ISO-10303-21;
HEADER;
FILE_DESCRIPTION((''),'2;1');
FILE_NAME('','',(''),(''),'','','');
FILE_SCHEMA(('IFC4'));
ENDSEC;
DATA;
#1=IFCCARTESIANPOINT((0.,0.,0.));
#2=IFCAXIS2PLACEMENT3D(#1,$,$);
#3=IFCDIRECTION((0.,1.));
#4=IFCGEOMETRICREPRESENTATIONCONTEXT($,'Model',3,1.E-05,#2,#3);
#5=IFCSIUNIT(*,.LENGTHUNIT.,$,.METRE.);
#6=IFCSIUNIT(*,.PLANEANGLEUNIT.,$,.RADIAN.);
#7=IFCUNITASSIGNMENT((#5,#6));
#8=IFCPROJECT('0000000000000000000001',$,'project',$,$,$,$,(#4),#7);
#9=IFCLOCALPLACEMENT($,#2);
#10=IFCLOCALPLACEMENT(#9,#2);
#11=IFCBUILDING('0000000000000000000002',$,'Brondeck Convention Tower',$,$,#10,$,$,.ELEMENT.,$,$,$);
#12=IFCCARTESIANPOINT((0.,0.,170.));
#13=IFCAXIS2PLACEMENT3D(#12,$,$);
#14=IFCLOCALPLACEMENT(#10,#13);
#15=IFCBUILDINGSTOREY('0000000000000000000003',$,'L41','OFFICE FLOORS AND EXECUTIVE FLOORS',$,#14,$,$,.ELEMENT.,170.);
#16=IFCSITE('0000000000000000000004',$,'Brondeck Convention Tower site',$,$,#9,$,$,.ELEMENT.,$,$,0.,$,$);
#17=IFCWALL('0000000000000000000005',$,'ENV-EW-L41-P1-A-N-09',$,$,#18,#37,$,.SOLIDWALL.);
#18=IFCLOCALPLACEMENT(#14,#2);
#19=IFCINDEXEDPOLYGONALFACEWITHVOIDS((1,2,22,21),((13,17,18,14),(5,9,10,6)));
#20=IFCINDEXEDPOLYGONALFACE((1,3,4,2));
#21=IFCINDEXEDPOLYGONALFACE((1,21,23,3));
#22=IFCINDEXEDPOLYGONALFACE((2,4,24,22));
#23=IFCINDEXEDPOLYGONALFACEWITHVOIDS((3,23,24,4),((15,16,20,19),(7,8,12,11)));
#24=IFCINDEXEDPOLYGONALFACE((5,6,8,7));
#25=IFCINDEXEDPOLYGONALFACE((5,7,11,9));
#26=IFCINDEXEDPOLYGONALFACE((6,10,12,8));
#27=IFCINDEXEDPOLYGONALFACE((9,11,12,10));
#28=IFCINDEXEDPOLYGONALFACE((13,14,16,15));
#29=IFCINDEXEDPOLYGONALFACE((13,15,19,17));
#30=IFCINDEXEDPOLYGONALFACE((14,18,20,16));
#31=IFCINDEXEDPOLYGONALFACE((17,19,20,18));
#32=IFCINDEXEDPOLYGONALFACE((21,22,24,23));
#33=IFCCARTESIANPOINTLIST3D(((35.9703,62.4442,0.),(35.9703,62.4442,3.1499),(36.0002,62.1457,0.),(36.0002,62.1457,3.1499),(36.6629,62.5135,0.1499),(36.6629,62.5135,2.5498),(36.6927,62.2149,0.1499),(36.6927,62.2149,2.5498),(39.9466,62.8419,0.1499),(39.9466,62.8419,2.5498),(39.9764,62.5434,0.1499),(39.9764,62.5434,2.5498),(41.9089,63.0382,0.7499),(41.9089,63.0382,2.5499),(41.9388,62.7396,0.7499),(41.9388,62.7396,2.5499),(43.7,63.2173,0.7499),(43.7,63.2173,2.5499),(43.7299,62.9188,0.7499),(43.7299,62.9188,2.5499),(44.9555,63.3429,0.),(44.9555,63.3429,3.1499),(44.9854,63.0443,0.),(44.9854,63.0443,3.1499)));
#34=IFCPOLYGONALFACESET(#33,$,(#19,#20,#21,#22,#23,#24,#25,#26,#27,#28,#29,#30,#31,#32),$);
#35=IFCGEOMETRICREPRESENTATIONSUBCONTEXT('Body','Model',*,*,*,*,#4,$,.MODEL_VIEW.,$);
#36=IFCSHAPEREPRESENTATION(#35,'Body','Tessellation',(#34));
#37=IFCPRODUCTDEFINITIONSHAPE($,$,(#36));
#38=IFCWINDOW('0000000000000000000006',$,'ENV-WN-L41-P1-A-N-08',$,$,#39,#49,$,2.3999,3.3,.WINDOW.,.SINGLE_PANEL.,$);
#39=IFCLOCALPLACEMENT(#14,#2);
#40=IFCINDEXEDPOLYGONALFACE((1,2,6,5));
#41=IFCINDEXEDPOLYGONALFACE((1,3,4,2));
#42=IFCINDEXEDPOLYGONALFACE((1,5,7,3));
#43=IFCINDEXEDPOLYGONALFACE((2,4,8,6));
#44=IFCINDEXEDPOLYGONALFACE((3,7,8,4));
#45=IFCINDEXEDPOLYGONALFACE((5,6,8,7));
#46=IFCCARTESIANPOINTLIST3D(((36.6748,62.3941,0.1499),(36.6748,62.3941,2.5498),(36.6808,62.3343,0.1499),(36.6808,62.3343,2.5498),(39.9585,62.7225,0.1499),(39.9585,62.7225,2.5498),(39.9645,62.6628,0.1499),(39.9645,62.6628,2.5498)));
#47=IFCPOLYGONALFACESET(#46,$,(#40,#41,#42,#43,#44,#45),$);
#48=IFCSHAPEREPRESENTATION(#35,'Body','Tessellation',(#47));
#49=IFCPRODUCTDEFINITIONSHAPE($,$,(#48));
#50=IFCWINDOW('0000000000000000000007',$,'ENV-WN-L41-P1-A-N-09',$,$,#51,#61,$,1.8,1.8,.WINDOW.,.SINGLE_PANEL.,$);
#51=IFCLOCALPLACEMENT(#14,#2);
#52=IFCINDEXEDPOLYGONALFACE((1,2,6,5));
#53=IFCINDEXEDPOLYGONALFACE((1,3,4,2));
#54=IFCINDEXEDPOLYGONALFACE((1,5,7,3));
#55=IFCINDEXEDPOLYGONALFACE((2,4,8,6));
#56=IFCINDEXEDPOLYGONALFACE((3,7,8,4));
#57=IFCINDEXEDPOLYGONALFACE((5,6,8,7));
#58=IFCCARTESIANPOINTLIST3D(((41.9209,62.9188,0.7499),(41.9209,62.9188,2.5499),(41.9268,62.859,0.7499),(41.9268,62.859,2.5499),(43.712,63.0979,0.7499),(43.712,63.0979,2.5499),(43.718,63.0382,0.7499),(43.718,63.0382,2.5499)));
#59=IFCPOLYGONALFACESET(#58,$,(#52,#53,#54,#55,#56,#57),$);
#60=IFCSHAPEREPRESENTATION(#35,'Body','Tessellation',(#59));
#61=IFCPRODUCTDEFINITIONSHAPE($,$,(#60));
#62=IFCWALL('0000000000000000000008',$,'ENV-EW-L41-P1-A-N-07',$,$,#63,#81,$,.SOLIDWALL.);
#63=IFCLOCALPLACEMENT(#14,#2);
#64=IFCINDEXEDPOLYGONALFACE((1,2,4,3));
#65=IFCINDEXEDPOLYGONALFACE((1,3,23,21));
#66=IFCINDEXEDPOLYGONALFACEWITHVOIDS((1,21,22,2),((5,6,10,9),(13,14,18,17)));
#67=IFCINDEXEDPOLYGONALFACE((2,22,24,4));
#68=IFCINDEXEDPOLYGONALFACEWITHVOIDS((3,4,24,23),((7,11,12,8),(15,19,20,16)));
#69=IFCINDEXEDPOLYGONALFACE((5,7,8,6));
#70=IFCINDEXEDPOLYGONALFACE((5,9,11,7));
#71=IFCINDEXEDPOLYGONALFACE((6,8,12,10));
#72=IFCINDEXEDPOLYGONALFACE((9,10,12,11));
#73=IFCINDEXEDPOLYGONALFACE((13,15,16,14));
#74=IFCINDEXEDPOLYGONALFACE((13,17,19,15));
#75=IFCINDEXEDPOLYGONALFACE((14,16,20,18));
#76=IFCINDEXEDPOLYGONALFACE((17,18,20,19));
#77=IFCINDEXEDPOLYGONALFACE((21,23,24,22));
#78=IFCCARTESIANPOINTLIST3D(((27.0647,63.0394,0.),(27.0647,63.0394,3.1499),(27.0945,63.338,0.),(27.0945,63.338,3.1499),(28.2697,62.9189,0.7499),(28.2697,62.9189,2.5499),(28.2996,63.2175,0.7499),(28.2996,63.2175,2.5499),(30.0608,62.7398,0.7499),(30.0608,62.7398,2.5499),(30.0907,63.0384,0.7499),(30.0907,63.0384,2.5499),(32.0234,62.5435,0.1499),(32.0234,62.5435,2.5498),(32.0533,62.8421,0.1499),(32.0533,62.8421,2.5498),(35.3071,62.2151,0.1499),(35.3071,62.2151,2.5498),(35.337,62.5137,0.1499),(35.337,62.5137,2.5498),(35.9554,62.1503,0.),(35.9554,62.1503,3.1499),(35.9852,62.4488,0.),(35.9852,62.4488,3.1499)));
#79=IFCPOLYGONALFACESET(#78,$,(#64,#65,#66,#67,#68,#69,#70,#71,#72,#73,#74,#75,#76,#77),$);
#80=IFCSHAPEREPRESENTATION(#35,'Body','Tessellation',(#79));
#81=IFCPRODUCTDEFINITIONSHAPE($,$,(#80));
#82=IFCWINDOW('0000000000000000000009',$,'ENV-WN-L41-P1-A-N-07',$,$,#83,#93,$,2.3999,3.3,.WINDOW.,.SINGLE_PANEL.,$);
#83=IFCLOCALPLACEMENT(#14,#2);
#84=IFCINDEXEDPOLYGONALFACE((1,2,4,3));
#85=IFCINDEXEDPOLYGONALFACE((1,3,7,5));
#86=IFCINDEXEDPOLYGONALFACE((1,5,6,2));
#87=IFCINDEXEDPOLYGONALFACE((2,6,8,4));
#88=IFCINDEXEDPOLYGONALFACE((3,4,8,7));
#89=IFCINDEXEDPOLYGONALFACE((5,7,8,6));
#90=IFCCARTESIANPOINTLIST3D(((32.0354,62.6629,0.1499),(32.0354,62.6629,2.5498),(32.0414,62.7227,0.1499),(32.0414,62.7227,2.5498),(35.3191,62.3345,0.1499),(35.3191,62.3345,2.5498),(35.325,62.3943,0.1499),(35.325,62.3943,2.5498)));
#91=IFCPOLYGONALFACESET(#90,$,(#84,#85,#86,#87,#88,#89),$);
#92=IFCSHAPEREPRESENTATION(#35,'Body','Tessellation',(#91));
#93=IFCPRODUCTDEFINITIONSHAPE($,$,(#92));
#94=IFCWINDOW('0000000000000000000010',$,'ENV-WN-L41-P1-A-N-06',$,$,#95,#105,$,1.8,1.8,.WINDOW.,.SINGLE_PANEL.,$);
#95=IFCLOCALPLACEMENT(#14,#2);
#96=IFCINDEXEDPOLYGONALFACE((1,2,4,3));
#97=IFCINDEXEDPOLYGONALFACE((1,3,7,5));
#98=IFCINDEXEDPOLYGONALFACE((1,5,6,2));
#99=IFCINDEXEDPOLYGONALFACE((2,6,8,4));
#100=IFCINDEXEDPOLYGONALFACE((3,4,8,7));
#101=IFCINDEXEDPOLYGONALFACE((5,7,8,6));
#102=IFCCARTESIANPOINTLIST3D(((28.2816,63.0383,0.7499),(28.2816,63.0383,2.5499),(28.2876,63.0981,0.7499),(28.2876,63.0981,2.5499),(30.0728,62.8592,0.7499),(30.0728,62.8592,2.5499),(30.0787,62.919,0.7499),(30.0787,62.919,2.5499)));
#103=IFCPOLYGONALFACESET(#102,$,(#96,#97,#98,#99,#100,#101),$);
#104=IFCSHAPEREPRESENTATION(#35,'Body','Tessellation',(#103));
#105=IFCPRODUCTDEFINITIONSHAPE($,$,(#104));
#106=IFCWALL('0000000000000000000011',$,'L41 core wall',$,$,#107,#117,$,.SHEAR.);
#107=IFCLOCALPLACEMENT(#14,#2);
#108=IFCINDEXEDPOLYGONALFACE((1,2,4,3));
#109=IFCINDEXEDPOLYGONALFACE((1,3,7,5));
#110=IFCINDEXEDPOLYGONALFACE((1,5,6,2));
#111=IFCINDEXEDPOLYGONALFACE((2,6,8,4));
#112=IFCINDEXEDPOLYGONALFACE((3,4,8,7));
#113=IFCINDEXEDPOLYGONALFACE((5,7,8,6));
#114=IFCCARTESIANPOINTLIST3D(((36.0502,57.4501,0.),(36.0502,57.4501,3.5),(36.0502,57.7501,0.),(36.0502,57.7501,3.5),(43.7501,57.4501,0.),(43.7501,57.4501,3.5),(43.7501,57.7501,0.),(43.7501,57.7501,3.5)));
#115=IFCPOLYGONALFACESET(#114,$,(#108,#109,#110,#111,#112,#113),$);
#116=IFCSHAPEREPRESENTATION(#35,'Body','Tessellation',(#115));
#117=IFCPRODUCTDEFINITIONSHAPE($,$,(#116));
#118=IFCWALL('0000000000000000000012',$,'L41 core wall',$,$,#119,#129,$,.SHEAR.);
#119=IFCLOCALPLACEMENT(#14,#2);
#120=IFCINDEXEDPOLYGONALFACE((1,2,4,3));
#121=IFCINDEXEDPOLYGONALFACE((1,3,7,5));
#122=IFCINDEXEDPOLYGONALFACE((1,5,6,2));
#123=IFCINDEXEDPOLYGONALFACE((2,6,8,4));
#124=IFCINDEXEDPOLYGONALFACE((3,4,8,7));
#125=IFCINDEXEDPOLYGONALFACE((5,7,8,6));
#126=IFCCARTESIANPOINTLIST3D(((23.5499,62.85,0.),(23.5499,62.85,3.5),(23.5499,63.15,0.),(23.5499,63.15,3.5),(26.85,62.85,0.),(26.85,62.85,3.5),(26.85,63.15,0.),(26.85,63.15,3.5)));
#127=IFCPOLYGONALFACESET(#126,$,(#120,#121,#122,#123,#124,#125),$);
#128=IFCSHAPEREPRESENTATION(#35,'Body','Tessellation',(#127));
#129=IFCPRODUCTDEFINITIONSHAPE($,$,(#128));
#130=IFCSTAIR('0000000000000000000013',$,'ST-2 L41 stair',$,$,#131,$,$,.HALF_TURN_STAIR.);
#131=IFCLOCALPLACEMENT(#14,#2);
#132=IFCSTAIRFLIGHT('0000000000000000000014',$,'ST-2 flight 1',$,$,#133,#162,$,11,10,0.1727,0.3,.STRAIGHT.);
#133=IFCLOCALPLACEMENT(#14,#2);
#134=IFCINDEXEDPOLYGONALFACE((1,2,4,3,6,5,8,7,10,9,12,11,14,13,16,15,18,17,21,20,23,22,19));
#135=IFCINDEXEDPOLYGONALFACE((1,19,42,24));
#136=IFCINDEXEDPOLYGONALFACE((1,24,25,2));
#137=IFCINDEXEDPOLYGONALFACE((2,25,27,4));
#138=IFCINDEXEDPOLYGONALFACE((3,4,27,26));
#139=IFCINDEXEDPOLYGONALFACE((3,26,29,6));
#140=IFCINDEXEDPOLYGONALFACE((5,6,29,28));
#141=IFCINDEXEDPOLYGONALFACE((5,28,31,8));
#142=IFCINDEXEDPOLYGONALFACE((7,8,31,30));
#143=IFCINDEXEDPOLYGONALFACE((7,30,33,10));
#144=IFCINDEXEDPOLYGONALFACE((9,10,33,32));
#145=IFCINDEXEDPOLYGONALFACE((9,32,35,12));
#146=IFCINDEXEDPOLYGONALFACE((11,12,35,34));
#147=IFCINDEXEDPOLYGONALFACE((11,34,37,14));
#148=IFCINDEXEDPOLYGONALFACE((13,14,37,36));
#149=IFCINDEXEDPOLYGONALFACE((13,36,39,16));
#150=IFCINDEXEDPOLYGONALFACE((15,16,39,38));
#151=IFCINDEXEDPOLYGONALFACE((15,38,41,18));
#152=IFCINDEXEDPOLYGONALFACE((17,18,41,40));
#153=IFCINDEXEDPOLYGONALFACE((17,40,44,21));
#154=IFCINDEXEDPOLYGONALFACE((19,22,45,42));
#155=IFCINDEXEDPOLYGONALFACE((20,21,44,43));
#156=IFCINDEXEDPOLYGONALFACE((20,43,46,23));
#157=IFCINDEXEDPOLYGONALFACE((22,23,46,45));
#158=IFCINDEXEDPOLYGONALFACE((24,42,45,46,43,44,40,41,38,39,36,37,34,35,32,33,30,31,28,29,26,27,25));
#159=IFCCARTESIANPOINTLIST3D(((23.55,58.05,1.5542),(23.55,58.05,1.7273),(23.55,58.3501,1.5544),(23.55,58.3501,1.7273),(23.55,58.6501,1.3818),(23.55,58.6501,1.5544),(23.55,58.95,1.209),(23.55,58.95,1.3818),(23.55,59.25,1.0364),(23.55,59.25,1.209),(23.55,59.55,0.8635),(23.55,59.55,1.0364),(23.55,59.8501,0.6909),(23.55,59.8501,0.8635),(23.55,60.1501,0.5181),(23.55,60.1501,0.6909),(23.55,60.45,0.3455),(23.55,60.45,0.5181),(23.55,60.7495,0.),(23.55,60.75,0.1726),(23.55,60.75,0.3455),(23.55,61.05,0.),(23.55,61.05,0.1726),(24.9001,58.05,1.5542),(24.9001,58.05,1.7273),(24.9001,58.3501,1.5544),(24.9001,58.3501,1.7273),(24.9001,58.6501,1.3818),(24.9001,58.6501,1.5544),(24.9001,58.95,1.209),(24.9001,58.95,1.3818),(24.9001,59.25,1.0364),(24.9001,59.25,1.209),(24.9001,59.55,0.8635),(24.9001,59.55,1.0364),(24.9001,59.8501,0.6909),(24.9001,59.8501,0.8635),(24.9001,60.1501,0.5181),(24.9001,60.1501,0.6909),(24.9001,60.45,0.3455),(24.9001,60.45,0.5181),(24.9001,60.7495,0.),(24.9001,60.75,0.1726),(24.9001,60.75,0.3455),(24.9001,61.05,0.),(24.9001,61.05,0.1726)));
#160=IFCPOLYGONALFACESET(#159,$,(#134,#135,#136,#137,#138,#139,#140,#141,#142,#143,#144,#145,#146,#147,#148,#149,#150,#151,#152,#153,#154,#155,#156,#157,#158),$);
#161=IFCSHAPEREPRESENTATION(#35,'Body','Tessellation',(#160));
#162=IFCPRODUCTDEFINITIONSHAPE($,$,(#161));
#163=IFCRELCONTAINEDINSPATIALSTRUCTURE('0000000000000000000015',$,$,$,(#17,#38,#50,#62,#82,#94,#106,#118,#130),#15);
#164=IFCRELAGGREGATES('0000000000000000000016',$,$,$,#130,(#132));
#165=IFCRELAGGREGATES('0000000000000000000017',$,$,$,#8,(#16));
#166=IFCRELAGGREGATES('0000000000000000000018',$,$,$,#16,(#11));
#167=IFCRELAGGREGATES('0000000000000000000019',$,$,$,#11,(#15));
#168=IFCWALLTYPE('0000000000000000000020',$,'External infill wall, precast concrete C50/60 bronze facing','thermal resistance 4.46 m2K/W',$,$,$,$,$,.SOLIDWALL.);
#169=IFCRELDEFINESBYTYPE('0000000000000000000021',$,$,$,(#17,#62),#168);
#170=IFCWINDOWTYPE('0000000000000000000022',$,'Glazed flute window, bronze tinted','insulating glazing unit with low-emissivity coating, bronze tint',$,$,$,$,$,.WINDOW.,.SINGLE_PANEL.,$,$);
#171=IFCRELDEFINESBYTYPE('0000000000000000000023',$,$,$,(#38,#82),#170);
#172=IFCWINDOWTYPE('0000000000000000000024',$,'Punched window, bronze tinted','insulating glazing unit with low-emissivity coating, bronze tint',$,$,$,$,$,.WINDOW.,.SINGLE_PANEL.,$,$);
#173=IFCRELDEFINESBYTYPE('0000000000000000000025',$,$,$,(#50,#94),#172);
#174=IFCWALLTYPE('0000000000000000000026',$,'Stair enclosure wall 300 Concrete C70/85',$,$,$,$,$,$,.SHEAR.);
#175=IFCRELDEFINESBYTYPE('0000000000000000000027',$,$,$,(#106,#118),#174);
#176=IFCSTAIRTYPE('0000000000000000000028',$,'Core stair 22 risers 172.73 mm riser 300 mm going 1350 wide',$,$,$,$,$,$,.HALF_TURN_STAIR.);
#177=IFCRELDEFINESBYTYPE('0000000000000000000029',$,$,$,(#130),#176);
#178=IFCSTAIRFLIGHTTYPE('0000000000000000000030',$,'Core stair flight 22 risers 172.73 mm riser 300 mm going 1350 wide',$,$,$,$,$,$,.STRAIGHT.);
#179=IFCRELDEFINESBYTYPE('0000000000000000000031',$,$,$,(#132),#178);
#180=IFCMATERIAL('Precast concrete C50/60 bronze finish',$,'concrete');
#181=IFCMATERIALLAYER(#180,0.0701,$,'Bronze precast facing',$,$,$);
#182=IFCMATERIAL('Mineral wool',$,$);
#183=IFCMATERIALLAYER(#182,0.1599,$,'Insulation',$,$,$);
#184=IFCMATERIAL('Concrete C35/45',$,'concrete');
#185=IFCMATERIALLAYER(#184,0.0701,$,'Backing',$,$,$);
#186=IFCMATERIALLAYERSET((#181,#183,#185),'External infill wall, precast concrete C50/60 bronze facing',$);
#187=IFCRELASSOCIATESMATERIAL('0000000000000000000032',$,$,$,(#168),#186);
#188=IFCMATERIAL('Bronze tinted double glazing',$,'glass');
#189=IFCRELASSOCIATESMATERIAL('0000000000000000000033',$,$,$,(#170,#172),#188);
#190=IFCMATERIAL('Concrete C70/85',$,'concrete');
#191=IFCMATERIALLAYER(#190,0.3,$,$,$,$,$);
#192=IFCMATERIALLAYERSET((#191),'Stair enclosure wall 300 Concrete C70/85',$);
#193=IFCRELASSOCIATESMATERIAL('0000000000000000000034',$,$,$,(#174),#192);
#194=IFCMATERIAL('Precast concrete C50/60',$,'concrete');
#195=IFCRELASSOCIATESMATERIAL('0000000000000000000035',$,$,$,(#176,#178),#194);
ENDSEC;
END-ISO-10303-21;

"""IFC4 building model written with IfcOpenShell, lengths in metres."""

from ifc_helpers import new_model, si_unit, direction, frame, frame_2d, origin, place, context, subcontext, project, spatial, polyline, rectangle, outline, extrude, material, layer, layer_set, type_object, element, fill, aggregate, save


model = new_model("IFC4")

# Units and contexts
model_context = context("Model", 3, precision=1e-05, world=origin(), true_north=direction((0.0, 1.0)))
body_context = subcontext(model_context, "Body", "Model", "MODEL_VIEW")
ifc_project = project(units=[si_unit("LENGTHUNIT", "METRE"), si_unit("PLANEANGLEUNIT", "RADIAN")], contexts=[model_context])

# Site, building, storey
site_placement = place(None, origin())
site = spatial("IfcSite", under=ifc_project, at=site_placement, Name="Brondeck Convention Tower site", CompositionType="ELEMENT", RefElevation=0.0)
building_placement = place(site_placement, origin())
building = spatial("IfcBuilding", under=site, at=building_placement, Name="Brondeck Convention Tower", CompositionType="ELEMENT")
storey_placement = place(building_placement, frame((0.0, 0.0, 170.0)))
storey = spatial("IfcBuildingStorey", under=building, at=storey_placement, Name="L41", Description="OFFICE FLOORS AND EXECUTIVE FLOORS", CompositionType="ELEMENT", Elevation=170.0)

# Shared definitions
ifc_material_1 = material(Name="Concrete C70/85", Category="concrete")

# Walls, openings, windows
ifc_material_2 = material(Name="Precast concrete C50/60 bronze finish", Category="concrete")
ifc_layer_1 = layer(ifc_material_2, 0.0701, Name="Bronze precast facing")
ifc_material_3 = material(Name="Mineral wool")
ifc_layer_2 = layer(ifc_material_3, 0.1599, Name="Insulation")
ifc_material_4 = material(Name="Concrete C35/45", Category="concrete")
ifc_layer_3 = layer(ifc_material_4, 0.0701, Name="Backing")
ifc_layer_set_1 = layer_set([ifc_layer_1, ifc_layer_2, ifc_layer_3], Name="External infill wall, precast concrete C50/60 bronze facing")
wall_type_1 = type_object("IfcWallType", Name="External infill wall, precast concrete C50/60 bronze facing", Description="thermal resistance 4.46 m2K/W", PredefinedType="SOLIDWALL", material=ifc_layer_set_1)
wall_1_placement = place(storey_placement, frame((35.9851, 62.2949, 0.0), z_axis=(0.0, 0.0, 1.0), x_axis=(0.995035, 0.099522, 0.0)))
wall_1 = element("IfcWall", 1, at=wall_1_placement, inside=storey, type_object=wall_type_1, Name="ENV-EW-L41-P1-A-N-09", PredefinedType="SOLIDWALL", context=body_context, shape_type="SweptSolid", body=[
    extrude(rectangle(XDim=9.03, YDim=0.3, at=frame_2d((4.5151, 0.0))), origin(), (0.0, 0.0, 1.0), 3.1499),
])
opening_1_placement = place(wall_1_placement, frame((0.6963, 0.0, 0.1499)))
opening_1 = element("IfcOpeningElement", 2, at=opening_1_placement, cuts=wall_1, PredefinedType="OPENING", context=body_context, shape_type="SweptSolid", body=[
    extrude(rectangle(XDim=3.3, YDim=2.3999, at=frame_2d((1.6499, 1.2))), frame((0.0, 0.1599, 0.0), z_axis=(0.0, -1.0, 0.0), x_axis=(1.0, 0.0, 0.0)), (0.0, 0.0, 1.0), 0.3201),
])
opening_2_placement = place(wall_1_placement, frame((5.9685, 0.0, 0.75)))
opening_2 = element("IfcOpeningElement", 3, at=opening_2_placement, cuts=wall_1, PredefinedType="OPENING", context=body_context, shape_type="SweptSolid", body=[
    extrude(rectangle(XDim=1.8, YDim=1.8, at=frame_2d((0.8999, 0.8999))), frame((0.0, 0.1599, 0.0), z_axis=(0.0, -1.0, 0.0), x_axis=(1.0, 0.0, 0.0)), (0.0, 0.0, 1.0), 0.3201),
])
ifc_material_5 = material(Name="Bronze tinted double glazing", Category="glass")
window_type_1 = type_object("IfcWindowType", Name="Glazed flute window, bronze tinted", Description="insulating glazing unit with low-emissivity coating, bronze tint", PartitioningType="SINGLE_PANEL", PredefinedType="WINDOW", material=ifc_material_5)
window_1_placement = place(opening_1_placement, origin())
window_1 = element("IfcWindow", 4, at=window_1_placement, inside=storey, type_object=window_type_1, Name="ENV-WN-L41-P1-A-N-08", OverallHeight=2.3999, OverallWidth=3.3, PartitioningType="SINGLE_PANEL", PredefinedType="WINDOW", context=body_context, shape_type="SweptSolid", body=[
    extrude(rectangle(XDim=3.3, YDim=2.3999, at=frame_2d((1.6499, 1.2))), frame((0.0, 0.03, 0.0), z_axis=(0.0, -1.0, 0.0), x_axis=(1.0, 0.0, 0.0)), (0.0, 0.0, 1.0), 0.0601),
])
fill(opening_1, window_1)
window_type_2 = type_object("IfcWindowType", Name="Punched window, bronze tinted", Description="insulating glazing unit with low-emissivity coating, bronze tint", PartitioningType="SINGLE_PANEL", PredefinedType="WINDOW", material=ifc_material_5)
window_2_placement = place(opening_2_placement, origin())
window_2 = element("IfcWindow", 5, at=window_2_placement, inside=storey, type_object=window_type_2, Name="ENV-WN-L41-P1-A-N-09", OverallHeight=1.8, OverallWidth=1.8, PartitioningType="SINGLE_PANEL", PredefinedType="WINDOW", context=body_context, shape_type="SweptSolid", body=[
    extrude(rectangle(XDim=1.8, YDim=1.8, at=frame_2d((0.8999, 0.8999))), frame((0.0, 0.03, 0.0), z_axis=(0.0, -1.0, 0.0), x_axis=(1.0, 0.0, 0.0)), (0.0, 0.0, 1.0), 0.0601),
])
fill(opening_2, window_2)
wall_2_placement = place(storey_placement, frame((27.0796, 63.1887, 0.0), z_axis=(0.0, 0.0, 1.0), x_axis=(0.995036, -0.099515, 0.0)))
wall_2 = element("IfcWall", 6, at=wall_2_placement, inside=storey, type_object=wall_type_1, Name="ENV-EW-L41-P1-A-N-07", PredefinedType="SOLIDWALL", context=body_context, shape_type="SweptSolid", body=[
    extrude(rectangle(XDim=8.9351, YDim=0.3, at=frame_2d((4.4675, 0.0))), origin(), (0.0, 0.0, 1.0), 3.1499),
])
opening_3_placement = place(wall_2_placement, frame((1.2112, 0.0, 0.75)))
opening_3 = element("IfcOpeningElement", 7, at=opening_3_placement, cuts=wall_2, PredefinedType="OPENING", context=body_context, shape_type="SweptSolid", body=[
    extrude(rectangle(XDim=1.8, YDim=1.8, at=frame_2d((0.8999, 0.8999))), frame((0.0, 0.1599, 0.0), z_axis=(0.0, -1.0, 0.0), x_axis=(1.0, 0.0, 0.0)), (0.0, 0.0, 1.0), 0.3201),
])
opening_4_placement = place(wall_2_placement, frame((4.9836, 0.0, 0.1499)))
opening_4 = element("IfcOpeningElement", 8, at=opening_4_placement, cuts=wall_2, PredefinedType="OPENING", context=body_context, shape_type="SweptSolid", body=[
    extrude(rectangle(XDim=3.3, YDim=2.3999, at=frame_2d((1.6499, 1.2))), frame((0.0, 0.1599, 0.0), z_axis=(0.0, -1.0, 0.0), x_axis=(1.0, 0.0, 0.0)), (0.0, 0.0, 1.0), 0.3201),
])
window_3_placement = place(opening_4_placement, origin())
window_3 = element("IfcWindow", 9, at=window_3_placement, inside=storey, type_object=window_type_1, Name="ENV-WN-L41-P1-A-N-07", OverallHeight=2.3999, OverallWidth=3.3, PartitioningType="SINGLE_PANEL", PredefinedType="WINDOW", context=body_context, shape_type="SweptSolid", body=[
    extrude(rectangle(XDim=3.3, YDim=2.3999, at=frame_2d((1.6499, 1.2))), frame((0.0, 0.03, 0.0), z_axis=(0.0, -1.0, 0.0), x_axis=(1.0, 0.0, 0.0)), (0.0, 0.0, 1.0), 0.0601),
])
fill(opening_4, window_3)
window_4_placement = place(opening_3_placement, origin())
window_4 = element("IfcWindow", 10, at=window_4_placement, inside=storey, type_object=window_type_2, Name="ENV-WN-L41-P1-A-N-06", OverallHeight=1.8, OverallWidth=1.8, PartitioningType="SINGLE_PANEL", PredefinedType="WINDOW", context=body_context, shape_type="SweptSolid", body=[
    extrude(rectangle(XDim=1.8, YDim=1.8, at=frame_2d((0.8999, 0.8999))), frame((0.0, 0.03, 0.0), z_axis=(0.0, -1.0, 0.0), x_axis=(1.0, 0.0, 0.0)), (0.0, 0.0, 1.0), 0.0601),
])
fill(opening_3, window_4)

# Walls
ifc_layer_4 = layer(ifc_material_1, 0.3)
ifc_layer_set_2 = layer_set([ifc_layer_4], Name="Stair enclosure wall 300 Concrete C70/85")
wall_type_2 = type_object("IfcWallType", Name="Stair enclosure wall 300 Concrete C70/85", PredefinedType="SHEAR", material=ifc_layer_set_2)
wall_3_placement = place(storey_placement, frame((36.05, 57.6001, 0.0), z_axis=(0.0, 0.0, 1.0), x_axis=(1.0, 0.0, 0.0)))
element("IfcWall", 11, at=wall_3_placement, inside=storey, type_object=wall_type_2, Name="L41 core wall", PredefinedType="SHEAR", context=body_context, shape_type="SweptSolid", body=[
    extrude(rectangle(XDim=7.7, YDim=0.3, at=frame_2d((3.8501, 0.0))), origin(), (0.0, 0.0, 1.0), 3.5),
])
wall_4_placement = place(storey_placement, frame((23.55, 63.0, 0.0), z_axis=(0.0, 0.0, 1.0), x_axis=(1.0, 0.0, 0.0)))
element("IfcWall", 12, at=wall_4_placement, inside=storey, type_object=wall_type_2, Name="L41 core wall", PredefinedType="SHEAR", context=body_context, shape_type="SweptSolid", body=[
    extrude(rectangle(XDim=3.3, YDim=0.3, at=frame_2d((1.6499, 0.0))), origin(), (0.0, 0.0, 1.0), 3.5),
])

# Stair, stair flight
ifc_material_6 = material(Name="Precast concrete C50/60", Category="concrete")
stair_type = type_object("IfcStairType", Name="Core stair 22 risers 172.73 mm riser 300 mm going 1350 wide", PredefinedType="HALF_TURN_STAIR", material=ifc_material_6)
stair_1_placement = place(storey_placement, origin())
stair_1 = element("IfcStair", 13, at=stair_1_placement, inside=storey, type_object=stair_type, Name="ST-2 L41 stair", PredefinedType="HALF_TURN_STAIR")
stair_flight_type = type_object("IfcStairFlightType", Name="Core stair flight 22 risers 172.73 mm riser 300 mm going 1350 wide", PredefinedType="STRAIGHT", material=ifc_material_6)
stair_flight_1_placement = place(storey_placement, frame((24.2251, 61.05, 0.0), z_axis=(0.0, 0.0, 1.0), x_axis=(0.0, -1.0, 0.0)))
stair_flight_1 = element("IfcStairFlight", 14, at=stair_flight_1_placement, type_object=stair_flight_type, Name="ST-2 flight 1", NumberOfRisers=11, NumberOfTreads=10, PredefinedType="STRAIGHT", RiserHeight=0.1727, TreadLength=0.3, context=body_context, shape_type="SweptSolid", body=[
    extrude(outline(polyline([(0.0, 0.0), (0.0, 0.1726), (0.3, 0.1726), (0.3, 0.3455), (0.6001, 0.3455), (0.6001, 0.5181), (0.8999, 0.5181), (0.8999, 0.6909), (1.2, 0.6909), (1.2, 0.8635), (1.5, 0.8635), (1.5, 1.0364), (1.8, 1.0364), (1.8, 1.209), (2.1001, 1.209), (2.1001, 1.3818), (2.3999, 1.3818), (2.3999, 1.5544), (2.7, 1.5544), (2.7, 1.7273), (3.0, 1.7273), (3.0, 1.8999), (3.0, 1.5542), (0.3005, 0.0), (0.0, 0.0)])), frame((0.0, 0.675, 0.0), z_axis=(0.0, -1.0, 0.0), x_axis=(1.0, 0.0, 0.0)), (0.0, 0.0, 1.0), 1.3501),
])
aggregate(stair_1, [stair_flight_1])

save(model, "model.ifc")
